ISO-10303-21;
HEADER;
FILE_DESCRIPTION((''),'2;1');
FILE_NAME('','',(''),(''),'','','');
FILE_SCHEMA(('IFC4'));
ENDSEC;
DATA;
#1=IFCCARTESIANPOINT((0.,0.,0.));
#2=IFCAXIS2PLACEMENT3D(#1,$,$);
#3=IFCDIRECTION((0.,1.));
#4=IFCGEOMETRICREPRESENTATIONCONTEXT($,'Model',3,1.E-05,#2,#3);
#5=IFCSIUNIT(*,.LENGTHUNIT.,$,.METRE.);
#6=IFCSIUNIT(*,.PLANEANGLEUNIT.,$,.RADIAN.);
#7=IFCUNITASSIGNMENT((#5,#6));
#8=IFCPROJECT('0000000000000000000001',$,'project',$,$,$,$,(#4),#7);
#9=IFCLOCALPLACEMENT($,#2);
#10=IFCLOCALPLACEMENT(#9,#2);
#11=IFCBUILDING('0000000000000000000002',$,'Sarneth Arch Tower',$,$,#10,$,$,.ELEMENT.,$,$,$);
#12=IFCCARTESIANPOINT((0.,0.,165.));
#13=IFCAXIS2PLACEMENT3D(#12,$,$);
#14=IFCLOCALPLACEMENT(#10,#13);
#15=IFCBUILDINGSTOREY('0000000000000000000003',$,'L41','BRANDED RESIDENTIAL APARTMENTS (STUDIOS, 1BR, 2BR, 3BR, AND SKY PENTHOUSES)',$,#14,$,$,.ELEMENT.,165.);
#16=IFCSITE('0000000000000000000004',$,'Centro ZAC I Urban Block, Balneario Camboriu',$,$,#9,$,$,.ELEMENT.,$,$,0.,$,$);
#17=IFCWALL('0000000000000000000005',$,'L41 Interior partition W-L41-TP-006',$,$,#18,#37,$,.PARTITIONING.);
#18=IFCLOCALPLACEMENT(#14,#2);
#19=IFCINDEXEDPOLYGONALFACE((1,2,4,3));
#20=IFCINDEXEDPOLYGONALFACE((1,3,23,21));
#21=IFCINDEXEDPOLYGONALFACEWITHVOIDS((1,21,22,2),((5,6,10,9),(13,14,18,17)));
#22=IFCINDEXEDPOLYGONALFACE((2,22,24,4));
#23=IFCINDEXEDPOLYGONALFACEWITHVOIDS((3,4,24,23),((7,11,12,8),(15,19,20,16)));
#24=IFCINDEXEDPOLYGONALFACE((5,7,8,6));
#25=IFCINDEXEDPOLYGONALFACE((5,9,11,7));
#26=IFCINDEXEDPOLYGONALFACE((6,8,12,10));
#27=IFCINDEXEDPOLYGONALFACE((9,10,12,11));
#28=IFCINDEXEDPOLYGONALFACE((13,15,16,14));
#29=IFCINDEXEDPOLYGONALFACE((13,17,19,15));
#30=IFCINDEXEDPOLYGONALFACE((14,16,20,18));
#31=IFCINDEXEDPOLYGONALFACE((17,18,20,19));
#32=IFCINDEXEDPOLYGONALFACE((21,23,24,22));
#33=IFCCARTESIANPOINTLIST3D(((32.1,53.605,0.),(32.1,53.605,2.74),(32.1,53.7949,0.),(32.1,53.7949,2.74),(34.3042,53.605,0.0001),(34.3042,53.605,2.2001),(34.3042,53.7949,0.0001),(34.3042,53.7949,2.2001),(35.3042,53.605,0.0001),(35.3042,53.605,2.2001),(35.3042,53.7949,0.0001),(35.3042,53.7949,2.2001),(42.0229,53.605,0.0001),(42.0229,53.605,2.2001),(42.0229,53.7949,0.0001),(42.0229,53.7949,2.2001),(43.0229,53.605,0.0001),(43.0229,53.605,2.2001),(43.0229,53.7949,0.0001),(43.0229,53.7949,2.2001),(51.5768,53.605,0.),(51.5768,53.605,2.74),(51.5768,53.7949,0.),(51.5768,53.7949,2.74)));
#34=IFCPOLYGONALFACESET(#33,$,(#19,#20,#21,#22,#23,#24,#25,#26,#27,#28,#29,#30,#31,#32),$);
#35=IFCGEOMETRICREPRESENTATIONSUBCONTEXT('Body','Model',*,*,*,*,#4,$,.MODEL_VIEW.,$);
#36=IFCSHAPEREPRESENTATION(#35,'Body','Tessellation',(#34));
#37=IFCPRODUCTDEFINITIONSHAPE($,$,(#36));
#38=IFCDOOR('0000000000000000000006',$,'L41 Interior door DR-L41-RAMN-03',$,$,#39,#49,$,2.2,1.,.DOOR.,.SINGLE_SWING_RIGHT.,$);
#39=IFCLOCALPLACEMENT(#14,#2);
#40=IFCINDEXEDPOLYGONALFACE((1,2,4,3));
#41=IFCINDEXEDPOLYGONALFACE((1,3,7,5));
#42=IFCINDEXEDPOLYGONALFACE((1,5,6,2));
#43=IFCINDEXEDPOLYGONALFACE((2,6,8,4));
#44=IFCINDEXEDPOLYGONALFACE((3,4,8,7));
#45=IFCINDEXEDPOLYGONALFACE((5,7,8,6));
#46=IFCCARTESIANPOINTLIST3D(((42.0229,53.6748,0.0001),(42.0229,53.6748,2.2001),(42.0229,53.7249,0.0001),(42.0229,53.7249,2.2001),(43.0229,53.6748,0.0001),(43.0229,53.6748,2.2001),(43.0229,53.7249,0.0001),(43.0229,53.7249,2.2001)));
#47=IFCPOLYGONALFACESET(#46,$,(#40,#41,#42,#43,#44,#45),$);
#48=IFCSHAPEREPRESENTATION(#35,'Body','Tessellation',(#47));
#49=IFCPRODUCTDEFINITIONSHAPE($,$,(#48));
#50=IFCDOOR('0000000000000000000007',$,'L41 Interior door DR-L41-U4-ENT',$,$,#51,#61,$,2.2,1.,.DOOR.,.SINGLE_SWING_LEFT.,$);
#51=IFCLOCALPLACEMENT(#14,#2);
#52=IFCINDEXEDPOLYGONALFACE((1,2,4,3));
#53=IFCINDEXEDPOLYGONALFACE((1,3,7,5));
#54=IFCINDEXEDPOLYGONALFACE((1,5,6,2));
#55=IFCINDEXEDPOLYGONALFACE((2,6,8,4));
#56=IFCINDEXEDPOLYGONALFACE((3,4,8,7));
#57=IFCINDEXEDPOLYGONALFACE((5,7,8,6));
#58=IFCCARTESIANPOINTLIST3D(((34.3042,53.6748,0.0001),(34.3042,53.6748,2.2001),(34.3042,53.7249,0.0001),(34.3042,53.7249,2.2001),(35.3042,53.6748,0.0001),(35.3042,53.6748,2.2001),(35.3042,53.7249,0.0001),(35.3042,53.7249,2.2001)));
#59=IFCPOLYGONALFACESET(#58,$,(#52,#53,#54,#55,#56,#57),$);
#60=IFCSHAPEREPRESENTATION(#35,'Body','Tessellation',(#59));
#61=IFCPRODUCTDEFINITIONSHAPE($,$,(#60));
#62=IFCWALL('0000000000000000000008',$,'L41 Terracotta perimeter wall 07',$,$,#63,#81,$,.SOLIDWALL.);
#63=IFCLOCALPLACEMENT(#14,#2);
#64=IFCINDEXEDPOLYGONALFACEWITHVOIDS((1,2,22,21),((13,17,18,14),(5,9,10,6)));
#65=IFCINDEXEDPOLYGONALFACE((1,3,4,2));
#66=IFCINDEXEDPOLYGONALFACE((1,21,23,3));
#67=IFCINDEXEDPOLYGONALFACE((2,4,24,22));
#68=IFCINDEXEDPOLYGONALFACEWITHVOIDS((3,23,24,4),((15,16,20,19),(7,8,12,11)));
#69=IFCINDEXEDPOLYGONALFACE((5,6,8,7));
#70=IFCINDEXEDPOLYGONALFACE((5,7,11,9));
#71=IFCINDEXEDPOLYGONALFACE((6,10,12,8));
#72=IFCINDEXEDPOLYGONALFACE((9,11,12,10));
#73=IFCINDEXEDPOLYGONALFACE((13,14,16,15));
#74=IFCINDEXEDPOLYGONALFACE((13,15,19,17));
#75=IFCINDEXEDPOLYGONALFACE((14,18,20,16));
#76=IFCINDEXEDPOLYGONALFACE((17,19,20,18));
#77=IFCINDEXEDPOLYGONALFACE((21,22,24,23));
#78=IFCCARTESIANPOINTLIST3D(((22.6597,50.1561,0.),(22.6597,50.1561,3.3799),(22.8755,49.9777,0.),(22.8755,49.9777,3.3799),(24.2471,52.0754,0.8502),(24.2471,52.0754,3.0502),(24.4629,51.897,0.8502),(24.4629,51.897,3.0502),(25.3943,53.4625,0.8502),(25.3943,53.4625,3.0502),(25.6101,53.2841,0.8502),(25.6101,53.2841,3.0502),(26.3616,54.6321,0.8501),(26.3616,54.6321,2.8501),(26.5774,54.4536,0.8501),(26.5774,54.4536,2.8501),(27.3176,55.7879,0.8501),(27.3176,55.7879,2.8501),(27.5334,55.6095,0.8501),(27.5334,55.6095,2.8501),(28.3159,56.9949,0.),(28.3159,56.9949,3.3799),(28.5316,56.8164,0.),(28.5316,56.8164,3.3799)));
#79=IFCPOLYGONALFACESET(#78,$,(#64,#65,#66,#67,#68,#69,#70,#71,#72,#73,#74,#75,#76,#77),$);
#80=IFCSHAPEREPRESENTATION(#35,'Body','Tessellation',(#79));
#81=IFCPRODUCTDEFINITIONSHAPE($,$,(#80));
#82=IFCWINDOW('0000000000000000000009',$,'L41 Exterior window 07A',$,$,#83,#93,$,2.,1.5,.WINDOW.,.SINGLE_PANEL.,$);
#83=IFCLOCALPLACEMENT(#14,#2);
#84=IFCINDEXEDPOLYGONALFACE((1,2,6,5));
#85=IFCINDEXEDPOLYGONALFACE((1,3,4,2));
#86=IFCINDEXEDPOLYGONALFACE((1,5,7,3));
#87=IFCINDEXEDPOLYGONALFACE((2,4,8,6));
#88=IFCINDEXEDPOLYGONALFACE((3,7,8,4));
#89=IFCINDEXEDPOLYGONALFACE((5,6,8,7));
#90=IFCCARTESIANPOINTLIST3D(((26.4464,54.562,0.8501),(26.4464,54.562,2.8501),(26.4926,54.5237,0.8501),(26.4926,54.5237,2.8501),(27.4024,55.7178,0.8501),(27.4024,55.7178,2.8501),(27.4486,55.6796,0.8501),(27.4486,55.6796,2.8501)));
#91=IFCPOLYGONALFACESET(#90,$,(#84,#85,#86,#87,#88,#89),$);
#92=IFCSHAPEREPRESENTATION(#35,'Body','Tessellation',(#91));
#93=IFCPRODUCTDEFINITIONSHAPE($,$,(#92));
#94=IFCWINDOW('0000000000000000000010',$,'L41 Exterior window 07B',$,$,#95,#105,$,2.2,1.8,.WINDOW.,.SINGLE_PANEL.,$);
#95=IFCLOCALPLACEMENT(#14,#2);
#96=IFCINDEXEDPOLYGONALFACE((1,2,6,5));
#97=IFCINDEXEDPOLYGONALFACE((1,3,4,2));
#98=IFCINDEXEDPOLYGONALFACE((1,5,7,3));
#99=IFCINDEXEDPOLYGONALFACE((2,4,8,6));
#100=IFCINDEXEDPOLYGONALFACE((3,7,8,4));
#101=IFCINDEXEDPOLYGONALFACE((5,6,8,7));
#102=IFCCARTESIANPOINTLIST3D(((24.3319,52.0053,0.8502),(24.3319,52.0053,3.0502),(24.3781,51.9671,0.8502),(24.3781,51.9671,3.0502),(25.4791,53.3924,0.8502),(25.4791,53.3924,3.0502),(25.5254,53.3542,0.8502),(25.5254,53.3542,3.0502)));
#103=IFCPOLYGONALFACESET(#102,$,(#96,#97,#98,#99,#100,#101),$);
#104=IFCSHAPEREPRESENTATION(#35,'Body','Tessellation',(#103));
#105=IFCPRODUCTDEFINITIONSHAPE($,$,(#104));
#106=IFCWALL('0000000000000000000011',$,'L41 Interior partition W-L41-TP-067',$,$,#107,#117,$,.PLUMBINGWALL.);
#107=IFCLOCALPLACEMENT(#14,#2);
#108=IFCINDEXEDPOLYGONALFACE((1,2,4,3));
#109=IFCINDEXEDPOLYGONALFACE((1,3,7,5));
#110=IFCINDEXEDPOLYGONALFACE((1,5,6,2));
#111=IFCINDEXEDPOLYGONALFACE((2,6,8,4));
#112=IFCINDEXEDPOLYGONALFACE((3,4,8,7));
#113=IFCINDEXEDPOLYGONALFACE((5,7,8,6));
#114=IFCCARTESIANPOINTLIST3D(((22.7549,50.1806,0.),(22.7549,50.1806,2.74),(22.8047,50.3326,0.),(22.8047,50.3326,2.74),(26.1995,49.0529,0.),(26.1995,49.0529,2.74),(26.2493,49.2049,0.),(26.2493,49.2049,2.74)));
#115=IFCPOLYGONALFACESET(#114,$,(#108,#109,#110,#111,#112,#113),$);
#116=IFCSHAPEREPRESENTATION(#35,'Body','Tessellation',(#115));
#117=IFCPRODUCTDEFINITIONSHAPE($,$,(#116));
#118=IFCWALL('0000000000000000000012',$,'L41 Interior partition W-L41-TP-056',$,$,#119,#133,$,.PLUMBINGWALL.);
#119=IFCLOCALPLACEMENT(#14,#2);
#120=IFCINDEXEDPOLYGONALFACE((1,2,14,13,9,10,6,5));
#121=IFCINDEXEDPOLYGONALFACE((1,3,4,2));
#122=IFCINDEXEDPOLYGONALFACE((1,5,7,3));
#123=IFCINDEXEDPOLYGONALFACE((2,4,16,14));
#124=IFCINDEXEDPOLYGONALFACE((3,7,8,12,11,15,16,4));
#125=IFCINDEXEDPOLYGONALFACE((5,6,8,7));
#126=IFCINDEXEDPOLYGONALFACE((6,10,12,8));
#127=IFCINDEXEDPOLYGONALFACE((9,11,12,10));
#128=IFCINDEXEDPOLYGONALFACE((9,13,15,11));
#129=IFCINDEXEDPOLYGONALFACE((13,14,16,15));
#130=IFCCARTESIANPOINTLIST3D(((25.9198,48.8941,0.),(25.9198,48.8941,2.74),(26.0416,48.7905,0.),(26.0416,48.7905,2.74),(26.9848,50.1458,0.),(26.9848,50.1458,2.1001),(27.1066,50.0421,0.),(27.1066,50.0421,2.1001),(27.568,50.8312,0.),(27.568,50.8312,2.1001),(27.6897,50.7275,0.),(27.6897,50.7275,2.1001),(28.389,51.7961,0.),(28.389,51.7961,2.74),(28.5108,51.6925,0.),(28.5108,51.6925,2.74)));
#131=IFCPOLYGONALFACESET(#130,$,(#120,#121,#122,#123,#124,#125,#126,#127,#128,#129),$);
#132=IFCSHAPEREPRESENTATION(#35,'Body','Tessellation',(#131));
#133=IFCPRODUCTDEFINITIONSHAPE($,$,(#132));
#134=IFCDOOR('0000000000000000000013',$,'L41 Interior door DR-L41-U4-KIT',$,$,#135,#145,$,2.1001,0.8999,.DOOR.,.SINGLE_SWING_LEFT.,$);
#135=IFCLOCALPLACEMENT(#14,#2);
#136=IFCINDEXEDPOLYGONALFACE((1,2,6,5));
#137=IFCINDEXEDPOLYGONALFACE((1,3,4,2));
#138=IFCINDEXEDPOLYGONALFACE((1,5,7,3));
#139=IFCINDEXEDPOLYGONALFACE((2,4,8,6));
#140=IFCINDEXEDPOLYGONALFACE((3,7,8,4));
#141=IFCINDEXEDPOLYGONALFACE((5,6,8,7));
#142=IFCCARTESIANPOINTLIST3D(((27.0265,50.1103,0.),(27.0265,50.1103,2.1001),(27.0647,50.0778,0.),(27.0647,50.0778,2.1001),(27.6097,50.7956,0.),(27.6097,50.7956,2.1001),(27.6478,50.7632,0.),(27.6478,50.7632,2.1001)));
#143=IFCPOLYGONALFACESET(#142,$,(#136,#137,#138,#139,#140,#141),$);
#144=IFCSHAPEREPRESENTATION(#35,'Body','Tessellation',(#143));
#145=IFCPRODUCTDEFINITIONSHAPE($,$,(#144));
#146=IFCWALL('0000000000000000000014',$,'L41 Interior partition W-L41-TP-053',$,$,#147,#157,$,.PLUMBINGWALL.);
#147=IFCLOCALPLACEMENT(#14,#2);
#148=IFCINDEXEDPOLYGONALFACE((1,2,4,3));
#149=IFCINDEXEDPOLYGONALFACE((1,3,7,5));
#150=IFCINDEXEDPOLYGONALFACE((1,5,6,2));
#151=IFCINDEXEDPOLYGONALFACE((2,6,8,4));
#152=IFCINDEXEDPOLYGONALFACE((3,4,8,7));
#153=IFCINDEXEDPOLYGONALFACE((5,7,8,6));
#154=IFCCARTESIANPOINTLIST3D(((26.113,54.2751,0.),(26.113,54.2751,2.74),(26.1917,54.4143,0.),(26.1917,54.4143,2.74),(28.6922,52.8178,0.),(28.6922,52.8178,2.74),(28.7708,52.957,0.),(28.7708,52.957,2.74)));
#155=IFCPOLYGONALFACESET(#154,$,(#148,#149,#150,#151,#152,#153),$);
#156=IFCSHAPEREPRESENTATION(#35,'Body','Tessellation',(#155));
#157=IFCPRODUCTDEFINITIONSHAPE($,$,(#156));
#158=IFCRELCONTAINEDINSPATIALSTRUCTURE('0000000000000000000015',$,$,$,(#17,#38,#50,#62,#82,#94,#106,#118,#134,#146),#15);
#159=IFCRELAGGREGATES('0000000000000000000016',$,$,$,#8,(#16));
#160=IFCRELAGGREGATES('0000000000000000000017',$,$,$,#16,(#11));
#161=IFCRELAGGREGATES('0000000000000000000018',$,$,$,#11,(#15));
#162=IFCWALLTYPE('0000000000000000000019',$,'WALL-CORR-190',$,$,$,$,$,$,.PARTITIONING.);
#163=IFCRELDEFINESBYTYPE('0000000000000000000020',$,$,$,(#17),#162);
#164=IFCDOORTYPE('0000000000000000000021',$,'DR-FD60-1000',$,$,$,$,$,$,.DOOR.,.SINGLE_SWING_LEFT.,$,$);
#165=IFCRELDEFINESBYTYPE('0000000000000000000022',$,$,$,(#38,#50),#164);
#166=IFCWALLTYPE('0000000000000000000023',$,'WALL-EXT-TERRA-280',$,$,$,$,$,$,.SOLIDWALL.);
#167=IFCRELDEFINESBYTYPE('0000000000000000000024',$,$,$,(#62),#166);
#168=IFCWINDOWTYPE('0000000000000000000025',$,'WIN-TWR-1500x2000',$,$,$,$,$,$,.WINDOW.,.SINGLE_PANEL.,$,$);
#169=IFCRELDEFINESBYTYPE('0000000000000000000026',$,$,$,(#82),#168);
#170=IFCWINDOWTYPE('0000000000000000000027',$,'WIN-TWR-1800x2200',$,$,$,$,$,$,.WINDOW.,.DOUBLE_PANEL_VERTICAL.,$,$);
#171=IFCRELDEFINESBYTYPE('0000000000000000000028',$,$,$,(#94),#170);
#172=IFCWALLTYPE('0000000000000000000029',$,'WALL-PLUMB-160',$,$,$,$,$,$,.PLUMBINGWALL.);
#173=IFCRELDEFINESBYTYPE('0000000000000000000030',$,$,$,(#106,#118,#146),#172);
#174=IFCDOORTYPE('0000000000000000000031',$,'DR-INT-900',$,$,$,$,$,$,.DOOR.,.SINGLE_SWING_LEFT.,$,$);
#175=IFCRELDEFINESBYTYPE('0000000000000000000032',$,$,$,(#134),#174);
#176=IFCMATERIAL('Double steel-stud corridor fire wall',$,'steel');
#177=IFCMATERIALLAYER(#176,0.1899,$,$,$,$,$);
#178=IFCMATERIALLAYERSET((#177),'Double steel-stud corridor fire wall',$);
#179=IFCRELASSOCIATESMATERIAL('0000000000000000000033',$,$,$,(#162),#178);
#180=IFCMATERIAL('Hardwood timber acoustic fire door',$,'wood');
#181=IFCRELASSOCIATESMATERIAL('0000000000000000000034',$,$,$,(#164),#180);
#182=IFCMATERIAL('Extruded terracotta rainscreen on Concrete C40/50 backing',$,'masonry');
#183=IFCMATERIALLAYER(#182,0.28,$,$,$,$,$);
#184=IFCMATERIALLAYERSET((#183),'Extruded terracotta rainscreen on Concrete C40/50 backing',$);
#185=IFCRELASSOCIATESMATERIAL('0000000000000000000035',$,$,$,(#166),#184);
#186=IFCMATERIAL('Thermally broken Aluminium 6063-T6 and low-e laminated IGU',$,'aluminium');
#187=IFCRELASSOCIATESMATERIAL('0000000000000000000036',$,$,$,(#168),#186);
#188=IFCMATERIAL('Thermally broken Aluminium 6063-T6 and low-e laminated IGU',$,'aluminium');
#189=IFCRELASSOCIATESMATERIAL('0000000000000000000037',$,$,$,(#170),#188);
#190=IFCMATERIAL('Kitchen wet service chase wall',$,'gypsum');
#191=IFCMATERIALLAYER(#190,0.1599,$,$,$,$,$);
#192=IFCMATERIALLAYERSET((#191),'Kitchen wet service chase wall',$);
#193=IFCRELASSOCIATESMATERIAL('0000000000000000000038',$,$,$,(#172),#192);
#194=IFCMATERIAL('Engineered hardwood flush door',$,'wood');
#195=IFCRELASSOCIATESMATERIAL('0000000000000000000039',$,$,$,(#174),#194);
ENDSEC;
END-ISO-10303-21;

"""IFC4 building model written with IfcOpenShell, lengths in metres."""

from ifc_helpers import new_model, si_unit, direction, frame, frame_2d, origin, place, context, subcontext, project, spatial, rectangle, extrude, material, layer, layer_set, type_object, element, fill, save


model = new_model("IFC4")

# Units and contexts
model_context = context("Model", 3, precision=1e-05, world=origin(), true_north=direction((0.0, 1.0)))
body_context = subcontext(model_context, "Body", "Model", "MODEL_VIEW")
ifc_project = project(units=[si_unit("LENGTHUNIT", "METRE"), si_unit("PLANEANGLEUNIT", "RADIAN")], contexts=[model_context])

# Site, building, storey
site_placement = place(None, origin())
site = spatial("IfcSite", under=ifc_project, at=site_placement, Name="Centro ZAC I Urban Block, Balneario Camboriu", CompositionType="ELEMENT", RefElevation=0.0)
building_placement = place(site_placement, origin())
building = spatial("IfcBuilding", under=site, at=building_placement, Name="Sarneth Arch Tower", CompositionType="ELEMENT")
storey_placement = place(building_placement, frame((0.0, 0.0, 165.0)))
storey = spatial("IfcBuildingStorey", under=building, at=storey_placement, Name="L41", Description="BRANDED RESIDENTIAL APARTMENTS (STUDIOS, 1BR, 2BR, 3BR, AND SKY PENTHOUSES)", CompositionType="ELEMENT", Elevation=165.0)

# Wall, openings, doors
ifc_material_1 = material(Name="Double steel-stud corridor fire wall", Category="steel")
ifc_layer_1 = layer(ifc_material_1, 0.1899)
ifc_layer_set_1 = layer_set([ifc_layer_1], Name="Double steel-stud corridor fire wall")
wall_type_1 = type_object("IfcWallType", Name="WALL-CORR-190", PredefinedType="PARTITIONING", material=ifc_layer_set_1)
wall_1_placement = place(storey_placement, frame((32.1001, 53.7, 0.0), z_axis=(0.0, 0.0, 1.0), x_axis=(1.0, 0.0, 0.0)))
wall_1 = element("IfcWall", 1, at=wall_1_placement, inside=storey, type_object=wall_type_1, Name="L41 Interior partition W-L41-TP-006", PredefinedType="PARTITIONING", context=body_context, shape_type="SweptSolid", body=[
    extrude(rectangle(XDim=19.4768, YDim=0.1899, at=frame_2d((9.7383, 0.0))), origin(), (0.0, 0.0, 1.0), 2.74),
])
opening_1_placement = place(wall_1_placement, frame((9.9229, 0.0, 0.0)))
opening_1 = element("IfcOpeningElement", 2, at=opening_1_placement, cuts=wall_1, PredefinedType="OPENING", context=body_context, shape_type="SweptSolid", body=[
    extrude(rectangle(XDim=1.0, YDim=2.2, at=frame_2d((0.5, 1.1001))), frame((0.0, 0.105, 0.0), z_axis=(0.0, -1.0, 0.0), x_axis=(1.0, 0.0, 0.0)), (0.0, 0.0, 1.0), 0.21),
])
opening_2_placement = place(wall_1_placement, frame((2.2041, 0.0, 0.0)))
opening_2 = element("IfcOpeningElement", 3, at=opening_2_placement, cuts=wall_1, PredefinedType="OPENING", context=body_context, shape_type="SweptSolid", body=[
    extrude(rectangle(XDim=1.0, YDim=2.2, at=frame_2d((0.5, 1.1001))), frame((0.0, 0.105, 0.0), z_axis=(0.0, -1.0, 0.0), x_axis=(1.0, 0.0, 0.0)), (0.0, 0.0, 1.0), 0.21),
])
ifc_material_2 = material(Name="Hardwood timber acoustic fire door", Category="wood")
door_type_1 = type_object("IfcDoorType", Name="DR-FD60-1000", OperationType="SINGLE_SWING_LEFT", PredefinedType="DOOR", material=ifc_material_2)
door_1_placement = place(opening_1_placement, origin())
door_1 = element("IfcDoor", 4, at=door_1_placement, inside=storey, type_object=door_type_1, Name="L41 Interior door DR-L41-RAMN-03", OperationType="SINGLE_SWING_RIGHT", OverallHeight=2.2, OverallWidth=1.0, PredefinedType="DOOR", context=body_context, shape_type="SweptSolid", body=[
    extrude(rectangle(XDim=1.0, YDim=2.2, at=frame_2d((0.5, 1.1001))), frame((0.0, 0.0249, 0.0), z_axis=(0.0, -1.0, 0.0), x_axis=(1.0, 0.0, 0.0)), (0.0, 0.0, 1.0), 0.05),
])
fill(opening_1, door_1)
door_2_placement = place(opening_2_placement, origin())
door_2 = element("IfcDoor", 5, at=door_2_placement, inside=storey, type_object=door_type_1, Name="L41 Interior door DR-L41-U4-ENT", OperationType="SINGLE_SWING_LEFT", OverallHeight=2.2, OverallWidth=1.0, PredefinedType="DOOR", context=body_context, shape_type="SweptSolid", body=[
    extrude(rectangle(XDim=1.0, YDim=2.2, at=frame_2d((0.5, 1.1001))), frame((0.0, 0.0249, 0.0), z_axis=(0.0, -1.0, 0.0), x_axis=(1.0, 0.0, 0.0)), (0.0, 0.0, 1.0), 0.05),
])
fill(opening_2, door_2)

# Wall, openings, windows
ifc_material_3 = material(Name="Extruded terracotta rainscreen on Concrete C40/50 backing", Category="masonry")
ifc_layer_2 = layer(ifc_material_3, 0.28)
ifc_layer_set_2 = layer_set([ifc_layer_2], Name="Extruded terracotta rainscreen on Concrete C40/50 backing")
wall_type_2 = type_object("IfcWallType", Name="WALL-EXT-TERRA-280", PredefinedType="SOLIDWALL", material=ifc_layer_set_2)
wall_2_placement = place(storey_placement, frame((28.4238, 56.9058, 0.0), z_axis=(0.0, 0.0, 1.0), x_axis=(-0.637333, -0.770588, 0.0)))
wall_2 = element("IfcWall", 6, at=wall_2_placement, inside=storey, type_object=wall_type_2, Name="L41 Terracotta perimeter wall 07", PredefinedType="SOLIDWALL", context=body_context, shape_type="SweptSolid", body=[
    extrude(rectangle(XDim=8.8748, YDim=0.28, at=frame_2d((4.4375, 0.0))), origin(), (0.0, 0.0, 1.0), 3.3799),
])
opening_3_placement = place(wall_2_placement, frame((1.5664, 0.0, 0.8501)))
opening_3 = element("IfcOpeningElement", 7, at=opening_3_placement, cuts=wall_2, PredefinedType="OPENING", context=body_context, shape_type="SweptSolid", body=[
    extrude(rectangle(XDim=1.5, YDim=2.0, at=frame_2d((0.75, 1.0))), frame((0.0, 0.1499, 0.0), z_axis=(0.0, -1.0, 0.0), x_axis=(1.0, 0.0, 0.0)), (0.0, 0.0, 1.0), 0.3),
])
opening_4_placement = place(wall_2_placement, frame((4.5842, 0.0, 0.8501)))
opening_4 = element("IfcOpeningElement", 8, at=opening_4_placement, cuts=wall_2, PredefinedType="OPENING", context=body_context, shape_type="SweptSolid", body=[
    extrude(rectangle(XDim=1.8, YDim=2.2, at=frame_2d((0.8999, 1.1001))), frame((0.0, 0.1499, 0.0), z_axis=(0.0, -1.0, 0.0), x_axis=(1.0, 0.0, 0.0)), (0.0, 0.0, 1.0), 0.3),
])
ifc_material_4 = material(Name="Thermally broken Aluminium 6063-T6 and low-e laminated IGU", Category="aluminium")
window_type_1 = type_object("IfcWindowType", Name="WIN-TWR-1500x2000", PartitioningType="SINGLE_PANEL", PredefinedType="WINDOW", material=ifc_material_4)
window_1_placement = place(opening_3_placement, origin())
window_1 = element("IfcWindow", 9, at=window_1_placement, inside=storey, type_object=window_type_1, Name="L41 Exterior window 07A", OverallHeight=2.0, OverallWidth=1.5, PartitioningType="SINGLE_PANEL", PredefinedType="WINDOW", context=body_context, shape_type="SweptSolid", body=[
    extrude(rectangle(XDim=1.5, YDim=2.0, at=frame_2d((0.75, 1.0))), frame((0.0, 0.03, 0.0), z_axis=(0.0, -1.0, 0.0), x_axis=(1.0, 0.0, 0.0)), (0.0, 0.0, 1.0), 0.0601),
])
fill(opening_3, window_1)
ifc_material_5 = material(Name="Thermally broken Aluminium 6063-T6 and low-e laminated IGU", Category="aluminium")
window_type_2 = type_object("IfcWindowType", Name="WIN-TWR-1800x2200", PartitioningType="DOUBLE_PANEL_VERTICAL", PredefinedType="WINDOW", material=ifc_material_5)
window_2_placement = place(opening_4_placement, origin())
window_2 = element("IfcWindow", 10, at=window_2_placement, inside=storey, type_object=window_type_2, Name="L41 Exterior window 07B", OverallHeight=2.2, OverallWidth=1.8, PartitioningType="SINGLE_PANEL", PredefinedType="WINDOW", context=body_context, shape_type="SweptSolid", body=[
    extrude(rectangle(XDim=1.8, YDim=2.2, at=frame_2d((0.8999, 1.1001))), frame((0.0, 0.03, 0.0), z_axis=(0.0, -1.0, 0.0), x_axis=(1.0, 0.0, 0.0)), (0.0, 0.0, 1.0), 0.0601),
])
fill(opening_4, window_2)

# Wall
ifc_material_6 = material(Name="Kitchen wet service chase wall", Category="gypsum")
ifc_layer_3 = layer(ifc_material_6, 0.1599)
ifc_layer_set_3 = layer_set([ifc_layer_3], Name="Kitchen wet service chase wall")
wall_type_3 = type_object("IfcWallType", Name="WALL-PLUMB-160", PredefinedType="PLUMBINGWALL", material=ifc_layer_set_3)
wall_3_placement = place(storey_placement, frame((22.7798, 50.2566, 0.0), z_axis=(0.0, 0.0, 1.0), x_axis=(0.950367, -0.311131, 0.0)))
element("IfcWall", 11, at=wall_3_placement, inside=storey, type_object=wall_type_3, Name="L41 Interior partition W-L41-TP-067", PredefinedType="PLUMBINGWALL", context=body_context, shape_type="SweptSolid", body=[
    extrude(rectangle(XDim=3.6245, YDim=0.1599, at=frame_2d((1.8123, 0.0))), origin(), (0.0, 0.0, 1.0), 2.74),
])

# Wall, opening, door
wall_4_placement = place(storey_placement, frame((28.45, 51.7444, 0.0), z_axis=(0.0, 0.0, 1.0), x_axis=(-0.648022, -0.761621, 0.0)))
wall_4 = element("IfcWall", 12, at=wall_4_placement, inside=storey, type_object=wall_type_3, Name="L41 Interior partition W-L41-TP-056", PredefinedType="PLUMBINGWALL", context=body_context, shape_type="SweptSolid", body=[
    extrude(rectangle(XDim=3.8103, YDim=0.1599, at=frame_2d((1.9053, 0.0))), origin(), (0.0, 0.0, 1.0), 2.74),
])
opening_5_placement = place(wall_4_placement, frame((1.2671, 0.0, 0.0)))
opening_5 = element("IfcOpeningElement", 13, at=opening_5_placement, cuts=wall_4, PredefinedType="OPENING", context=body_context, shape_type="SweptSolid", body=[
    extrude(rectangle(XDim=0.8999, YDim=2.1001, at=frame_2d((0.45, 1.05))), frame((0.0, 0.0898, 0.0), z_axis=(0.0, -1.0, 0.0), x_axis=(1.0, 0.0, 0.0)), (0.0, 0.0, 1.0), 0.1799),
])
ifc_material_7 = material(Name="Engineered hardwood flush door", Category="wood")
door_type_2 = type_object("IfcDoorType", Name="DR-INT-900", OperationType="SINGLE_SWING_LEFT", PredefinedType="DOOR", material=ifc_material_7)
door_3_placement = place(opening_5_placement, origin())
door_3 = element("IfcDoor", 14, at=door_3_placement, inside=storey, type_object=door_type_2, Name="L41 Interior door DR-L41-U4-KIT", OperationType="SINGLE_SWING_LEFT", OverallHeight=2.1001, OverallWidth=0.8999, PredefinedType="DOOR", context=body_context, shape_type="SweptSolid", body=[
    extrude(rectangle(XDim=0.8999, YDim=2.1001, at=frame_2d((0.45, 1.05))), frame((0.0, 0.0249, 0.0), z_axis=(0.0, -1.0, 0.0), x_axis=(1.0, 0.0, 0.0)), (0.0, 0.0, 1.0), 0.05),
])
fill(opening_5, door_3)

# Wall
wall_5_placement = place(storey_placement, frame((26.1523, 54.3447, 0.0), z_axis=(0.0, 0.0, 1.0), x_axis=(0.870632, -0.491935, 0.0)))
element("IfcWall", 15, at=wall_5_placement, inside=storey, type_object=wall_type_3, Name="L41 Interior partition W-L41-TP-053", PredefinedType="PLUMBINGWALL", context=body_context, shape_type="SweptSolid", body=[
    extrude(rectangle(XDim=2.9624, YDim=0.1599, at=frame_2d((1.4812, 0.0))), origin(), (0.0, 0.0, 1.0), 2.74),
])

save(model, "model.ifc")
